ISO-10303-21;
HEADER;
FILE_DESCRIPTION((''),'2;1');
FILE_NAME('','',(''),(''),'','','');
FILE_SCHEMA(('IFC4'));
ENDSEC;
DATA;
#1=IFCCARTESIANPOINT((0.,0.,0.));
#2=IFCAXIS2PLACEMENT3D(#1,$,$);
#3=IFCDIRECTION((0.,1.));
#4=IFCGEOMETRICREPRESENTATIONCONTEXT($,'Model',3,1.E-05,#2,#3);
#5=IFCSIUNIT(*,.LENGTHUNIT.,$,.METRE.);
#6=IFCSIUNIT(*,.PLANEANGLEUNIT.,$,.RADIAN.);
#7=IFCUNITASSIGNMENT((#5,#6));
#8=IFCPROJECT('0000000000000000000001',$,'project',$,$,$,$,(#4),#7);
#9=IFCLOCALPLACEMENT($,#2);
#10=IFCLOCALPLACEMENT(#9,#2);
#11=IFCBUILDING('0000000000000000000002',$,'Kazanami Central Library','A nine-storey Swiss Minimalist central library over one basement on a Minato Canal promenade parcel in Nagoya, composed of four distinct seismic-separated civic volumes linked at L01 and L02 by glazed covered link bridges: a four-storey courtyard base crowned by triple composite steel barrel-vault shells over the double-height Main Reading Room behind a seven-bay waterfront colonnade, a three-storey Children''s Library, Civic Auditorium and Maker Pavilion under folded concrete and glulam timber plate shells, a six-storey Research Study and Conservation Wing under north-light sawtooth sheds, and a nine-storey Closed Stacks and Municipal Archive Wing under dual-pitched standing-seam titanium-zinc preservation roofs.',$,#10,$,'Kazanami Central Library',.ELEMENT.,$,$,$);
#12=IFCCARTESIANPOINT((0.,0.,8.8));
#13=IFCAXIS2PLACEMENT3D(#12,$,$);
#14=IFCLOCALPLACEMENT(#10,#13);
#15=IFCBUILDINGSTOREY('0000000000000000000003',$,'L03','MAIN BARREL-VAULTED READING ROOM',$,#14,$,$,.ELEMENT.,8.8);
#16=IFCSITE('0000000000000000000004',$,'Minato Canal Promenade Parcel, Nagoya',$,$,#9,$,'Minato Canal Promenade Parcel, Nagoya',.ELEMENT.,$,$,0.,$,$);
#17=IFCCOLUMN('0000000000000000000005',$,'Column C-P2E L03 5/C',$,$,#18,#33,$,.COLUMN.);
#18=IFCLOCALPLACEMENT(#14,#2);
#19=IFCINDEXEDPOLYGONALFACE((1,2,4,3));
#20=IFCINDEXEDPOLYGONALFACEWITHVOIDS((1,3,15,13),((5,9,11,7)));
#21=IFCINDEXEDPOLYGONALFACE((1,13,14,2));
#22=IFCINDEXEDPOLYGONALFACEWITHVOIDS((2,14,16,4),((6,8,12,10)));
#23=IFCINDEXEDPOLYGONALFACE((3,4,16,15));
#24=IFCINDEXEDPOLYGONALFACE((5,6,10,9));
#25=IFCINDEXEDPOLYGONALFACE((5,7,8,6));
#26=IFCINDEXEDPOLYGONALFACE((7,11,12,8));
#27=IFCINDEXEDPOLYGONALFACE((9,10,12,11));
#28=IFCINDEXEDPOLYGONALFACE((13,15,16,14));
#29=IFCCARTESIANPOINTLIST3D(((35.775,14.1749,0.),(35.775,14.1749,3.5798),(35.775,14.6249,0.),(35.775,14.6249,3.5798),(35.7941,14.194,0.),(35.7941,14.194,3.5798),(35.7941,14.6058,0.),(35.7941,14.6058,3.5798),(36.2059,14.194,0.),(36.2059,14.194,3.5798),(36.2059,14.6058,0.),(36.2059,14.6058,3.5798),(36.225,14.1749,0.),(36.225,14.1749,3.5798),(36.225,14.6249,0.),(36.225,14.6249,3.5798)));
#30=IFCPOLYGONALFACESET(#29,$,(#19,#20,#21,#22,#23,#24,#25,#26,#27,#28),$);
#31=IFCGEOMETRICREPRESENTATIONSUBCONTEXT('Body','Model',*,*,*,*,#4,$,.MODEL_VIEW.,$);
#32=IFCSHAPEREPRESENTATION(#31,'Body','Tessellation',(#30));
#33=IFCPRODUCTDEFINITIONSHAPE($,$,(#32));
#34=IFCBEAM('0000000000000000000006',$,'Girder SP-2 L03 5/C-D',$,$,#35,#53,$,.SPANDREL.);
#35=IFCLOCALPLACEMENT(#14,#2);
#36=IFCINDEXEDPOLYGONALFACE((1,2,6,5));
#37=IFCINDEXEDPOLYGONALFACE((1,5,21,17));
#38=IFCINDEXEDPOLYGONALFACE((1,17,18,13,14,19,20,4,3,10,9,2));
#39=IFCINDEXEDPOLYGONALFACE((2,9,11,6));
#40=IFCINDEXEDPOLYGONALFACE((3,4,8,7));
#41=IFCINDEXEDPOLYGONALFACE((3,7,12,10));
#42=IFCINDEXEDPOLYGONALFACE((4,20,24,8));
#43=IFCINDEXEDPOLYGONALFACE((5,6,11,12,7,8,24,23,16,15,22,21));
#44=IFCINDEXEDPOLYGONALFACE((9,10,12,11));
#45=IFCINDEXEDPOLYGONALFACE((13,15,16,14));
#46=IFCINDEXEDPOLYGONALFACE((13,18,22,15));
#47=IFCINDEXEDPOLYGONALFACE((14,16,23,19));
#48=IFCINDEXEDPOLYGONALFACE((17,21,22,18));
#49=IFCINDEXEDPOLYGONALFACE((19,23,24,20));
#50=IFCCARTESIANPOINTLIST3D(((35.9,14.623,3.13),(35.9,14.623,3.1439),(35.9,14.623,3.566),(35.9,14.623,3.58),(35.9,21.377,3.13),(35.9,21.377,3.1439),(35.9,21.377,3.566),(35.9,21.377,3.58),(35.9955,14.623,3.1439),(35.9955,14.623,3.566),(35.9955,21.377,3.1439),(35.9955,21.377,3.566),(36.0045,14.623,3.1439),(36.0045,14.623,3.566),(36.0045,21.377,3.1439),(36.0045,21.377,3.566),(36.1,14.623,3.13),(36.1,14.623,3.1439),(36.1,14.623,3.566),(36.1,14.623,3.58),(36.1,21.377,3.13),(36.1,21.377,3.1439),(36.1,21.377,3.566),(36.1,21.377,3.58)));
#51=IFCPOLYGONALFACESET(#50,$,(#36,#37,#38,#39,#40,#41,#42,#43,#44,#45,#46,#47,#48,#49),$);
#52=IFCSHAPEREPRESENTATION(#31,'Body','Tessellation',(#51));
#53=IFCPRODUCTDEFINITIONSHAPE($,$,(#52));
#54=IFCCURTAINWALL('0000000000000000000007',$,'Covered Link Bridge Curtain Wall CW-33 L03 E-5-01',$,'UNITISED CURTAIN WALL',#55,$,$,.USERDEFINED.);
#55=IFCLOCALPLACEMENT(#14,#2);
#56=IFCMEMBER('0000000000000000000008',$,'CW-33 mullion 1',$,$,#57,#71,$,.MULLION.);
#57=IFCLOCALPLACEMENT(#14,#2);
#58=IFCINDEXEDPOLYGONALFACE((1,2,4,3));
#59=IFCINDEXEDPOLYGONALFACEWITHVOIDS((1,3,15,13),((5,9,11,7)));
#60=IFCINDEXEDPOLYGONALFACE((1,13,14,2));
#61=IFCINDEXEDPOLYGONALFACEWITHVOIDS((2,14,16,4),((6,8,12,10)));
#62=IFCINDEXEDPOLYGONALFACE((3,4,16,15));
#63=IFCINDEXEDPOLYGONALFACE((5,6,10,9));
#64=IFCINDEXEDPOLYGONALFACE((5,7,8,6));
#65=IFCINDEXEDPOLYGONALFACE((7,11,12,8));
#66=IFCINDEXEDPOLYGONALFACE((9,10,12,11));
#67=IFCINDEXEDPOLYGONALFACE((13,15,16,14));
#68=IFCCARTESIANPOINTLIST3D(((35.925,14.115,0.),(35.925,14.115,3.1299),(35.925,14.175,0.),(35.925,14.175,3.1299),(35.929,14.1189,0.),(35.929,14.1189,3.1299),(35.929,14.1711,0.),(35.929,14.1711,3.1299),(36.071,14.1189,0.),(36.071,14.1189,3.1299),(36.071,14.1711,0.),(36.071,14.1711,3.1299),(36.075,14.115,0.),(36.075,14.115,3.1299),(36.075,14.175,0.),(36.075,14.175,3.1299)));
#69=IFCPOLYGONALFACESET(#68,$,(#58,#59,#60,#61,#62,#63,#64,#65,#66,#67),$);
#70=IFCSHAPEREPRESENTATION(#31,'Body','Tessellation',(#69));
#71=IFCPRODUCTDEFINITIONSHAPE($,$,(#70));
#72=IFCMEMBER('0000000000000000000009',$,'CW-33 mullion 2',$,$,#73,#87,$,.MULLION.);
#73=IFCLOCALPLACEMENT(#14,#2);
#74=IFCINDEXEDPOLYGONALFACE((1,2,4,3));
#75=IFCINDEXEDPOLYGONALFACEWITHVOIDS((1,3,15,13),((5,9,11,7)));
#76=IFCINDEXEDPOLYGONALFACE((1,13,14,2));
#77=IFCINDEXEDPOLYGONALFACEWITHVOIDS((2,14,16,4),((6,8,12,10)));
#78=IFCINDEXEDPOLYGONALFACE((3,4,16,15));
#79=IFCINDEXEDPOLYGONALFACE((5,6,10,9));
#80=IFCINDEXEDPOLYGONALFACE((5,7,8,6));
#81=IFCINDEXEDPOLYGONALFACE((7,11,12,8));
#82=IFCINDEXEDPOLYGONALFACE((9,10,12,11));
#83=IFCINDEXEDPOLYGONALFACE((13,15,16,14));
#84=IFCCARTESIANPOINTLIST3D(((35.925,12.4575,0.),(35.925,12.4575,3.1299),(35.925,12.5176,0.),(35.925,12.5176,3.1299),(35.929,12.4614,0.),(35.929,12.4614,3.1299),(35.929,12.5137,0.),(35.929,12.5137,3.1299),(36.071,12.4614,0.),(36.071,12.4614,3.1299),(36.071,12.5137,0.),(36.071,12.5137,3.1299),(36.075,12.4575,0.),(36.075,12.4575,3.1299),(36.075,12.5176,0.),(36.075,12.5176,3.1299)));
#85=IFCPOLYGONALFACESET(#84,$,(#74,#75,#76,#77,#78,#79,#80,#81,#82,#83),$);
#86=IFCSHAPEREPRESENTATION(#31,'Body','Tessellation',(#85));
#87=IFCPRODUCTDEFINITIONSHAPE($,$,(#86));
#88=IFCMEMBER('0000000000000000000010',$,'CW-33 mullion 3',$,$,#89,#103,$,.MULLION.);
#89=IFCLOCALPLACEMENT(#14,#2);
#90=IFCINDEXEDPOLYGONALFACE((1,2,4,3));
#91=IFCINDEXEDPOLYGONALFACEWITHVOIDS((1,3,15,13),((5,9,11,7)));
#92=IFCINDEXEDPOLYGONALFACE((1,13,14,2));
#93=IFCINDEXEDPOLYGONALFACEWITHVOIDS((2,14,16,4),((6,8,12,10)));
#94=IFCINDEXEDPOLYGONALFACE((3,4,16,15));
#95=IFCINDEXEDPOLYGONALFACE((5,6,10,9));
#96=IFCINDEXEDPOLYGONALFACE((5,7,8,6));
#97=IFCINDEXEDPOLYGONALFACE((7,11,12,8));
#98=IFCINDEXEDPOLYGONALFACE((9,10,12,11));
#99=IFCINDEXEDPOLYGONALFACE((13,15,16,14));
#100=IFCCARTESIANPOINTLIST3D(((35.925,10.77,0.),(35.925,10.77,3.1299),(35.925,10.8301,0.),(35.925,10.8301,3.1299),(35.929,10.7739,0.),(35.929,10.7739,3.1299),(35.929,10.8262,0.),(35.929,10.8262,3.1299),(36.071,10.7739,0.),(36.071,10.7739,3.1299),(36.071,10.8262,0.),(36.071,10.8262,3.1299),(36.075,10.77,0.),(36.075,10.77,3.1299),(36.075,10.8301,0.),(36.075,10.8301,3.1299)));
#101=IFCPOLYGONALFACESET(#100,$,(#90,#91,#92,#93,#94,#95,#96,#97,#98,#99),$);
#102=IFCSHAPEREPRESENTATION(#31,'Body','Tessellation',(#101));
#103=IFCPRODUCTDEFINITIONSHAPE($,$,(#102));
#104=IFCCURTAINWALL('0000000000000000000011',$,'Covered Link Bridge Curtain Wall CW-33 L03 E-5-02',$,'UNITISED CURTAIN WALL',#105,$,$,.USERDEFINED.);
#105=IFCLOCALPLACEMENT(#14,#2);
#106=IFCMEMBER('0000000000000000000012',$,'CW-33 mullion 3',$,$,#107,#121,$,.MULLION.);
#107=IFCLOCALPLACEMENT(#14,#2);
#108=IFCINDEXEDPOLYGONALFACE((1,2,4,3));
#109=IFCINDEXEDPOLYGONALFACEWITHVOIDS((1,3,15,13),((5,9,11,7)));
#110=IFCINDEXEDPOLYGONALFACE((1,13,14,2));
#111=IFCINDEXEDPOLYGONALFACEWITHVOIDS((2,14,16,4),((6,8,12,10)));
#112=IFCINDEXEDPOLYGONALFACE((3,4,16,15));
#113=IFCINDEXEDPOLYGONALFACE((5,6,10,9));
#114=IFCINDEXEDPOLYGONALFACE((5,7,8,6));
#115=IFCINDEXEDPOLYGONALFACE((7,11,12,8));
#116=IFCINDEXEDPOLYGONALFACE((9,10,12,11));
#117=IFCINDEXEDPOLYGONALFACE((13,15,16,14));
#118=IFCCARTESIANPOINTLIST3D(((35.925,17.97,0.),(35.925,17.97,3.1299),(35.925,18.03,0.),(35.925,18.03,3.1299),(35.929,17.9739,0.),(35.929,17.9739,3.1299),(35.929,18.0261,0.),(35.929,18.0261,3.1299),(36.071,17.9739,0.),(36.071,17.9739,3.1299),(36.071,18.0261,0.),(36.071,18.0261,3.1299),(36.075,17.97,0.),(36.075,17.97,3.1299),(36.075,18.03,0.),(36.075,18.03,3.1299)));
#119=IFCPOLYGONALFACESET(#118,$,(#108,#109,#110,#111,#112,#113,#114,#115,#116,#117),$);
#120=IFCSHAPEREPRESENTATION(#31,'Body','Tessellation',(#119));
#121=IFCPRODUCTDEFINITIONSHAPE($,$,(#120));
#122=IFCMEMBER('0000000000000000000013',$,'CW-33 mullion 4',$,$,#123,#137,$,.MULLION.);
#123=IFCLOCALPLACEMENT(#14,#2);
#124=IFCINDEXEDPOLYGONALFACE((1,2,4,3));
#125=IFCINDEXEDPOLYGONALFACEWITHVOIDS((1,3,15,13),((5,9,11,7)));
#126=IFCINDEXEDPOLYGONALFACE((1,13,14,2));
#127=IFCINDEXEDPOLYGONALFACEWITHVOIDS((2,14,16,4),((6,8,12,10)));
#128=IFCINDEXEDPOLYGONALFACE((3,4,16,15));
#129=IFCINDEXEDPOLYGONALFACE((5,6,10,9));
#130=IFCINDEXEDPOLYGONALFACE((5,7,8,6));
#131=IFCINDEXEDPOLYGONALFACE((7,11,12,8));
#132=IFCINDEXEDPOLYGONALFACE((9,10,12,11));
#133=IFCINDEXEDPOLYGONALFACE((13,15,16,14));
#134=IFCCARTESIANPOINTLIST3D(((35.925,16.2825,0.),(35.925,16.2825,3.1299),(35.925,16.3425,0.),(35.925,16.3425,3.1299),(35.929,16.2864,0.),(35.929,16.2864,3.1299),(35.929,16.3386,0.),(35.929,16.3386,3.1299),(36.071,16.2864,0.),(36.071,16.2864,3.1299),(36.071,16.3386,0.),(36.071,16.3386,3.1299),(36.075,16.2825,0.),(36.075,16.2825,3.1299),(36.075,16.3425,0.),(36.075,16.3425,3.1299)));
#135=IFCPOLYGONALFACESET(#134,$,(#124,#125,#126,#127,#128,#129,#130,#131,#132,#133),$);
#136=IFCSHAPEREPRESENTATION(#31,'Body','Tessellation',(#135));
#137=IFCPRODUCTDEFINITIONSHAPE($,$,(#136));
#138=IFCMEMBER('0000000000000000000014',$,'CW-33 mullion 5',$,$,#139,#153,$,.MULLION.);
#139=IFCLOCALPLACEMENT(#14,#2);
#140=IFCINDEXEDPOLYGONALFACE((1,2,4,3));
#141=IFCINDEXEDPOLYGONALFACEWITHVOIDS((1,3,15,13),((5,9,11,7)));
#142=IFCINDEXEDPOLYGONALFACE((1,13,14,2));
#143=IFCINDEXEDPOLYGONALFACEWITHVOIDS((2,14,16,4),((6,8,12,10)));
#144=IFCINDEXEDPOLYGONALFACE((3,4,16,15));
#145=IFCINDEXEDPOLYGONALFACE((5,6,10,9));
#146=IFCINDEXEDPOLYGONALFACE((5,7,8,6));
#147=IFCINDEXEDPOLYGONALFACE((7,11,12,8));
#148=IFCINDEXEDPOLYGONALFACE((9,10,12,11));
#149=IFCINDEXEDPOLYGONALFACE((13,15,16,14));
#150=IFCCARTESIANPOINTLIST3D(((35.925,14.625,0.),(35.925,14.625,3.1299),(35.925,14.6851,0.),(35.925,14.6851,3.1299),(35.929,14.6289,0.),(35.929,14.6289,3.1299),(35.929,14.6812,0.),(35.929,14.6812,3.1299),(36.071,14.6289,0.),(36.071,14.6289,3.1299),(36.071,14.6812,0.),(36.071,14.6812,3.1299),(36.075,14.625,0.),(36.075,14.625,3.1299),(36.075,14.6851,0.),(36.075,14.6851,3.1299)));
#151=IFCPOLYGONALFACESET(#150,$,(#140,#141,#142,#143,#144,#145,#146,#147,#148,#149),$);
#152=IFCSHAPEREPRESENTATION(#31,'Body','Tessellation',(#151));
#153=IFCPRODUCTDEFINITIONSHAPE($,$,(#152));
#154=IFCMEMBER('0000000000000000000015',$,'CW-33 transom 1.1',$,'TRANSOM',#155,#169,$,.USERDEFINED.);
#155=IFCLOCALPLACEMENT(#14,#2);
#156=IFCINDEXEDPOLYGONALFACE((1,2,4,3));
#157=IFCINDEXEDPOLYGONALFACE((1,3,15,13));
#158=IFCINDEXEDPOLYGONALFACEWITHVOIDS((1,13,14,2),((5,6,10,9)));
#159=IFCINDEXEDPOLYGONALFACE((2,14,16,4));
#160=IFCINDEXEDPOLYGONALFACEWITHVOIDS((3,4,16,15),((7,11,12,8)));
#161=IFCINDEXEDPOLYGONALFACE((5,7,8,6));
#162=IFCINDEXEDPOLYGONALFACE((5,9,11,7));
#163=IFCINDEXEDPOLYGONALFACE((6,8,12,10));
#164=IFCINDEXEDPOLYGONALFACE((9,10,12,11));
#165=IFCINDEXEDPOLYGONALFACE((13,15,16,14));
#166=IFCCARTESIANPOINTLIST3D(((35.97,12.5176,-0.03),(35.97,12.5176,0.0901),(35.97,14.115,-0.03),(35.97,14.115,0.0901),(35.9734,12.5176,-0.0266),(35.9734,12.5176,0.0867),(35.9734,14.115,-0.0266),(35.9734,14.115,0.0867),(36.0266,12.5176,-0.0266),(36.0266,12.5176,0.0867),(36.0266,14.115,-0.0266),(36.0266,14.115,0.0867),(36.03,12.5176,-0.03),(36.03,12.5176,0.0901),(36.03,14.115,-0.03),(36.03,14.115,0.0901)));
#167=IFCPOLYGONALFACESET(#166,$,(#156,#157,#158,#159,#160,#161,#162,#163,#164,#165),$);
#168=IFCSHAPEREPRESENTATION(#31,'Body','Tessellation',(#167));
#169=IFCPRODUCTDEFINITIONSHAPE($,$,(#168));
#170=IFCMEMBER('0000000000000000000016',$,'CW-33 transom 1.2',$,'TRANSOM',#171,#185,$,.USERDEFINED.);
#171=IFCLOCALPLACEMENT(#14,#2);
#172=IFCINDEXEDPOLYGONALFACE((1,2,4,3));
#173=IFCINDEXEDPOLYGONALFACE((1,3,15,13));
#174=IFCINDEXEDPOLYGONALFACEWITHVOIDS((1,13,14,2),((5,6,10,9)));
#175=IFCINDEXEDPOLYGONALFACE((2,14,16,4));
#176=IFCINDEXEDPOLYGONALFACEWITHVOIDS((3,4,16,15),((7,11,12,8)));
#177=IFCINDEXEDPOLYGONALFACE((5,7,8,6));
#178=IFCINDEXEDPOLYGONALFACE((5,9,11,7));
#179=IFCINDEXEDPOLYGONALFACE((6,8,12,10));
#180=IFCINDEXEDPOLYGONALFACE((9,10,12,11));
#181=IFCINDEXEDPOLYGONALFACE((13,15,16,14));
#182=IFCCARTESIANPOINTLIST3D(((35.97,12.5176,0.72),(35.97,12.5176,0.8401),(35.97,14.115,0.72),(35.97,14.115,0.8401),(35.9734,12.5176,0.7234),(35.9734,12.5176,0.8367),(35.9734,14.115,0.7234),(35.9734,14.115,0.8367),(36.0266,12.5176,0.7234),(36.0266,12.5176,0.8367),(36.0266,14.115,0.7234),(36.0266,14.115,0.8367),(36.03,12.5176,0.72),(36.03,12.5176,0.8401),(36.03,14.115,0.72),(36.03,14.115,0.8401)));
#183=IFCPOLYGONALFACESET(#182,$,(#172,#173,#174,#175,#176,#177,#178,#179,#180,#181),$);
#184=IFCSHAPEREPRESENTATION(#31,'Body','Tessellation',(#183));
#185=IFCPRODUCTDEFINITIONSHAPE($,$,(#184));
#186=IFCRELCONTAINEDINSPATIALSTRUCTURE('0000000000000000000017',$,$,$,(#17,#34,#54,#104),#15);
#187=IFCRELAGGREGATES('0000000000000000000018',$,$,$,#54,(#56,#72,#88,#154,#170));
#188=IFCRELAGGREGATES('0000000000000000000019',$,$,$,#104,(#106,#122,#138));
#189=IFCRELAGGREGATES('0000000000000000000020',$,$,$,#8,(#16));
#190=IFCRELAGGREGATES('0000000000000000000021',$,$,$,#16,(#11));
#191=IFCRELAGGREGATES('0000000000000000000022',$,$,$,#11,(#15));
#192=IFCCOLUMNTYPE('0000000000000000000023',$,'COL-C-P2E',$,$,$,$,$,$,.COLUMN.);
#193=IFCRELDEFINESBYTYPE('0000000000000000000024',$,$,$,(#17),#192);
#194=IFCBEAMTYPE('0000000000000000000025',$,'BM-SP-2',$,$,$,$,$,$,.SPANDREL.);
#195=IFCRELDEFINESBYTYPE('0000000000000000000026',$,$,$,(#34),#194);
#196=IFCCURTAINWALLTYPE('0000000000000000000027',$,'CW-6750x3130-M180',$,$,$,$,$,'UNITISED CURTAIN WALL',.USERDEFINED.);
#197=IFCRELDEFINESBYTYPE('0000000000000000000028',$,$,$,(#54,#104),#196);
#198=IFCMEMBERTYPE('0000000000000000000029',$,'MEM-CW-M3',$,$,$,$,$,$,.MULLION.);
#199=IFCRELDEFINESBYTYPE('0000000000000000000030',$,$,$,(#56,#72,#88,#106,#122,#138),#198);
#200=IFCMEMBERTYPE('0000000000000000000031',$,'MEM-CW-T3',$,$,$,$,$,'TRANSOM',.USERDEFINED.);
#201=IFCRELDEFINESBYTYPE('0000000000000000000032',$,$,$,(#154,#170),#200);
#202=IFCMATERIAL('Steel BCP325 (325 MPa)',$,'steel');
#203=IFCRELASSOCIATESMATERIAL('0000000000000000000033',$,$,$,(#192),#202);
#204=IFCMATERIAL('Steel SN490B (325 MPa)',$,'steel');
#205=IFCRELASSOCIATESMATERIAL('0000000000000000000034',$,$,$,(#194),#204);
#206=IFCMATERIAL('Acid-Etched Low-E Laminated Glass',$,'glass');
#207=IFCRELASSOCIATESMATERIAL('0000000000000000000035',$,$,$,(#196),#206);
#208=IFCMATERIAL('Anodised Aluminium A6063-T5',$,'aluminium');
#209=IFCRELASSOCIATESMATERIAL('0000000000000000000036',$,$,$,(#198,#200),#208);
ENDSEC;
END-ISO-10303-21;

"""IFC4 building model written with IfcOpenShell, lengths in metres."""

from ifc_helpers import new_model, si_unit, direction, frame, origin, origin_2d, place, context, subcontext, project, spatial, hollow_rectangle, i_section, extrude, material, material_profile, profile_set, type_object, element, aggregate, save


model = new_model("IFC4")

# Units and contexts
model_context = context("Model", 3, precision=1e-05, world=origin(), true_north=direction((0.0, 1.0)))
body_context = subcontext(model_context, "Body", "Model", "MODEL_VIEW")
ifc_project = project(units=[si_unit("LENGTHUNIT", "METRE"), si_unit("PLANEANGLEUNIT", "RADIAN")], contexts=[model_context])

# Site, building, storey
site_placement = place(None, origin())
site = spatial("IfcSite", under=ifc_project, at=site_placement, Name="Minato Canal Promenade Parcel, Nagoya", LongName="Minato Canal Promenade Parcel, Nagoya", CompositionType="ELEMENT", RefElevation=0.0)
building_placement = place(site_placement, origin())
building = spatial("IfcBuilding", under=site, at=building_placement, Name="Kazanami Central Library", Description="A nine-storey Swiss Minimalist central library over one basement on a Minato Canal promenade parcel in Nagoya, composed of four distinct seismic-separated civic volumes linked at L01 and L02 by glazed covered link bridges: a four-storey courtyard base crowned by triple composite steel barrel-vault shells over the double-height Main Reading Room behind a seven-bay waterfront colonnade, a three-storey Children's Library, Civic Auditorium and Maker Pavilion under folded concrete and glulam timber plate shells, a six-storey Research Study and Conservation Wing under north-light sawtooth sheds, and a nine-storey Closed Stacks and Municipal Archive Wing under dual-pitched standing-seam titanium-zinc preservation roofs.", LongName="Kazanami Central Library", CompositionType="ELEMENT")
storey_placement = place(building_placement, frame((0.0, 0.0, 8.8)))
storey = spatial("IfcBuildingStorey", under=building, at=storey_placement, Name="L03", Description="MAIN BARREL-VAULTED READING ROOM", CompositionType="ELEMENT", Elevation=8.8)

# Column
ifc_material_1 = material(Name="Steel BCP325 (325 MPa)", Category="steel")
ifc_material_profile_1 = material_profile(ifc_material_1, hollow_rectangle(XDim=0.45, YDim=0.45, WallThickness=0.019, at=origin_2d()), Name="BCP-450x450x19")
ifc_profile_set_1 = profile_set([ifc_material_profile_1], Name="Steel BCP325 (325 MPa)")
column_type = type_object("IfcColumnType", Name="COL-C-P2E", PredefinedType="COLUMN", material=ifc_profile_set_1)
column_placement = place(storey_placement, frame((36.0, 14.3999, 0.0), z_axis=(0.0, 0.0, 1.0), x_axis=(1.0, 0.0, 0.0)))
element("IfcColumn", 1, at=column_placement, inside=storey, type_object=column_type, Name="Column C-P2E L03 5/C", PredefinedType="COLUMN", context=body_context, shape_type="SweptSolid", body=[
    extrude(hollow_rectangle(XDim=0.45, YDim=0.45, WallThickness=0.019, at=origin_2d()), origin(), (0.0, 0.0, 1.0), 3.5798),
])

# Beam
ifc_material_2 = material(Name="Steel SN490B (325 MPa)", Category="steel")
ifc_material_profile_2 = material_profile(ifc_material_2, i_section(OverallWidth=0.2, OverallDepth=0.45, WebThickness=0.009, FlangeThickness=0.0139, at=origin_2d()), Name="H-450x200x9x14")
ifc_profile_set_2 = profile_set([ifc_material_profile_2], Name="Steel SN490B (325 MPa)")
beam_type = type_object("IfcBeamType", Name="BM-SP-2", PredefinedType="SPANDREL", material=ifc_profile_set_2)
beam_placement = place(storey_placement, frame((36.0, 14.623, 3.355), z_axis=(0.0, 1.0, 0.0), x_axis=(-1.0, 0.0, 0.0)))
element("IfcBeam", 2, at=beam_placement, inside=storey, type_object=beam_type, Name="Girder SP-2 L03 5/C-D", PredefinedType="SPANDREL", context=body_context, shape_type="SweptSolid", body=[
    extrude(i_section(OverallWidth=0.2, OverallDepth=0.45, WebThickness=0.009, FlangeThickness=0.0139, at=origin_2d()), origin(), (0.0, 0.0, 1.0), 6.7539),
])

# Curtain walls, members
ifc_material_3 = material(Name="Acid-Etched Low-E Laminated Glass", Category="glass")
curtain_wall_type = type_object("IfcCurtainWallType", Name="CW-6750x3130-M180", ElementType="UNITISED CURTAIN WALL", PredefinedType="USERDEFINED", material=ifc_material_3)
curtain_wall_1_placement = place(storey_placement, origin())
curtain_wall_1 = element("IfcCurtainWall", 3, at=curtain_wall_1_placement, inside=storey, type_object=curtain_wall_type, Name="Covered Link Bridge Curtain Wall CW-33 L03 E-5-01", ObjectType="UNITISED CURTAIN WALL", PredefinedType="USERDEFINED")
ifc_material_4 = material(Name="Anodised Aluminium A6063-T5", Category="aluminium")
ifc_material_profile_3 = material_profile(ifc_material_4, hollow_rectangle(XDim=0.0601, YDim=0.1499, WallThickness=0.0039, at=origin_2d()), Name="ALU-MULL-60x150x4")
ifc_profile_set_3 = profile_set([ifc_material_profile_3], Name="Anodised Aluminium A6063-T5")
member_type_1 = type_object("IfcMemberType", Name="MEM-CW-M3", PredefinedType="MULLION", material=ifc_profile_set_3)
member_1_placement = place(storey_placement, frame((36.0, 14.145, 0.0), z_axis=(0.0, 0.0, 1.0), x_axis=(0.0, -1.0, 0.0)))
member_1 = element("IfcMember", 4, at=member_1_placement, type_object=member_type_1, Name="CW-33 mullion 1", PredefinedType="MULLION", context=body_context, shape_type="SweptSolid", body=[
    extrude(hollow_rectangle(XDim=0.0601, YDim=0.1499, WallThickness=0.0039, at=origin_2d()), origin(), (0.0, 0.0, 1.0), 3.1299),
])
member_2_placement = place(storey_placement, frame((36.0, 12.4875, 0.0), z_axis=(0.0, 0.0, 1.0), x_axis=(0.0, -1.0, 0.0)))
member_2 = element("IfcMember", 5, at=member_2_placement, type_object=member_type_1, Name="CW-33 mullion 2", PredefinedType="MULLION", context=body_context, shape_type="SweptSolid", body=[
    extrude(hollow_rectangle(XDim=0.0601, YDim=0.1499, WallThickness=0.0039, at=origin_2d()), origin(), (0.0, 0.0, 1.0), 3.1299),
])
member_3_placement = place(storey_placement, frame((36.0, 10.8, 0.0), z_axis=(0.0, 0.0, 1.0), x_axis=(0.0, -1.0, 0.0)))
member_3 = element("IfcMember", 6, at=member_3_placement, type_object=member_type_1, Name="CW-33 mullion 3", PredefinedType="MULLION", context=body_context, shape_type="SweptSolid", body=[
    extrude(hollow_rectangle(XDim=0.0601, YDim=0.1499, WallThickness=0.0039, at=origin_2d()), origin(), (0.0, 0.0, 1.0), 3.1299),
])
curtain_wall_2_placement = place(storey_placement, origin())
curtain_wall_2 = element("IfcCurtainWall", 7, at=curtain_wall_2_placement, inside=storey, type_object=curtain_wall_type, Name="Covered Link Bridge Curtain Wall CW-33 L03 E-5-02", ObjectType="UNITISED CURTAIN WALL", PredefinedType="USERDEFINED")
member_4_placement = place(storey_placement, frame((36.0, 18.0, 0.0), z_axis=(0.0, 0.0, 1.0), x_axis=(0.0, -1.0, 0.0)))
member_4 = element("IfcMember", 8, at=member_4_placement, type_object=member_type_1, Name="CW-33 mullion 3", PredefinedType="MULLION", context=body_context, shape_type="SweptSolid", body=[
    extrude(hollow_rectangle(XDim=0.0601, YDim=0.1499, WallThickness=0.0039, at=origin_2d()), origin(), (0.0, 0.0, 1.0), 3.1299),
])
member_5_placement = place(storey_placement, frame((36.0, 16.3125, 0.0), z_axis=(0.0, 0.0, 1.0), x_axis=(0.0, -1.0, 0.0)))
member_5 = element("IfcMember", 9, at=member_5_placement, type_object=member_type_1, Name="CW-33 mullion 4", PredefinedType="MULLION", context=body_context, shape_type="SweptSolid", body=[
    extrude(hollow_rectangle(XDim=0.0601, YDim=0.1499, WallThickness=0.0039, at=origin_2d()), origin(), (0.0, 0.0, 1.0), 3.1299),
])
member_6_placement = place(storey_placement, frame((36.0, 14.655, 0.0), z_axis=(0.0, 0.0, 1.0), x_axis=(0.0, -1.0, 0.0)))
member_6 = element("IfcMember", 10, at=member_6_placement, type_object=member_type_1, Name="CW-33 mullion 5", PredefinedType="MULLION", context=body_context, shape_type="SweptSolid", body=[
    extrude(hollow_rectangle(XDim=0.0601, YDim=0.1499, WallThickness=0.0039, at=origin_2d()), origin(), (0.0, 0.0, 1.0), 3.1299),
])

# Members
ifc_material_profile_4 = material_profile(ifc_material_4, hollow_rectangle(XDim=0.0601, YDim=0.1201, WallThickness=0.0034, at=origin_2d()), Name="ALU-TRAN-60x120x3.5")
ifc_profile_set_4 = profile_set([ifc_material_profile_4], Name="Anodised Aluminium A6063-T5")
member_type_2 = type_object("IfcMemberType", Name="MEM-CW-T3", ElementType="TRANSOM", PredefinedType="USERDEFINED", material=ifc_profile_set_4)
member_7_placement = place(storey_placement, frame((36.0, 14.115, 0.03), z_axis=(0.0, -1.0, 0.0), x_axis=(1.0, 0.0, 0.0)))
member_7 = element("IfcMember", 11, at=member_7_placement, type_object=member_type_2, Name="CW-33 transom 1.1", ObjectType="TRANSOM", PredefinedType="USERDEFINED", context=body_context, shape_type="SweptSolid", body=[
    extrude(hollow_rectangle(XDim=0.0601, YDim=0.1201, WallThickness=0.0034, at=origin_2d()), origin(), (0.0, 0.0, 1.0), 1.5974),
])
member_8_placement = place(storey_placement, frame((36.0, 14.115, 0.78), z_axis=(0.0, -1.0, 0.0), x_axis=(1.0, 0.0, 0.0)))
member_8 = element("IfcMember", 12, at=member_8_placement, type_object=member_type_2, Name="CW-33 transom 1.2", ObjectType="TRANSOM", PredefinedType="USERDEFINED", context=body_context, shape_type="SweptSolid", body=[
    extrude(hollow_rectangle(XDim=0.0601, YDim=0.1201, WallThickness=0.0034, at=origin_2d()), origin(), (0.0, 0.0, 1.0), 1.5974),
])

aggregate(curtain_wall_1, [member_1, member_2, member_3, member_7, member_8])
aggregate(curtain_wall_2, [member_4, member_5, member_6])

save(model, "model.ifc")
